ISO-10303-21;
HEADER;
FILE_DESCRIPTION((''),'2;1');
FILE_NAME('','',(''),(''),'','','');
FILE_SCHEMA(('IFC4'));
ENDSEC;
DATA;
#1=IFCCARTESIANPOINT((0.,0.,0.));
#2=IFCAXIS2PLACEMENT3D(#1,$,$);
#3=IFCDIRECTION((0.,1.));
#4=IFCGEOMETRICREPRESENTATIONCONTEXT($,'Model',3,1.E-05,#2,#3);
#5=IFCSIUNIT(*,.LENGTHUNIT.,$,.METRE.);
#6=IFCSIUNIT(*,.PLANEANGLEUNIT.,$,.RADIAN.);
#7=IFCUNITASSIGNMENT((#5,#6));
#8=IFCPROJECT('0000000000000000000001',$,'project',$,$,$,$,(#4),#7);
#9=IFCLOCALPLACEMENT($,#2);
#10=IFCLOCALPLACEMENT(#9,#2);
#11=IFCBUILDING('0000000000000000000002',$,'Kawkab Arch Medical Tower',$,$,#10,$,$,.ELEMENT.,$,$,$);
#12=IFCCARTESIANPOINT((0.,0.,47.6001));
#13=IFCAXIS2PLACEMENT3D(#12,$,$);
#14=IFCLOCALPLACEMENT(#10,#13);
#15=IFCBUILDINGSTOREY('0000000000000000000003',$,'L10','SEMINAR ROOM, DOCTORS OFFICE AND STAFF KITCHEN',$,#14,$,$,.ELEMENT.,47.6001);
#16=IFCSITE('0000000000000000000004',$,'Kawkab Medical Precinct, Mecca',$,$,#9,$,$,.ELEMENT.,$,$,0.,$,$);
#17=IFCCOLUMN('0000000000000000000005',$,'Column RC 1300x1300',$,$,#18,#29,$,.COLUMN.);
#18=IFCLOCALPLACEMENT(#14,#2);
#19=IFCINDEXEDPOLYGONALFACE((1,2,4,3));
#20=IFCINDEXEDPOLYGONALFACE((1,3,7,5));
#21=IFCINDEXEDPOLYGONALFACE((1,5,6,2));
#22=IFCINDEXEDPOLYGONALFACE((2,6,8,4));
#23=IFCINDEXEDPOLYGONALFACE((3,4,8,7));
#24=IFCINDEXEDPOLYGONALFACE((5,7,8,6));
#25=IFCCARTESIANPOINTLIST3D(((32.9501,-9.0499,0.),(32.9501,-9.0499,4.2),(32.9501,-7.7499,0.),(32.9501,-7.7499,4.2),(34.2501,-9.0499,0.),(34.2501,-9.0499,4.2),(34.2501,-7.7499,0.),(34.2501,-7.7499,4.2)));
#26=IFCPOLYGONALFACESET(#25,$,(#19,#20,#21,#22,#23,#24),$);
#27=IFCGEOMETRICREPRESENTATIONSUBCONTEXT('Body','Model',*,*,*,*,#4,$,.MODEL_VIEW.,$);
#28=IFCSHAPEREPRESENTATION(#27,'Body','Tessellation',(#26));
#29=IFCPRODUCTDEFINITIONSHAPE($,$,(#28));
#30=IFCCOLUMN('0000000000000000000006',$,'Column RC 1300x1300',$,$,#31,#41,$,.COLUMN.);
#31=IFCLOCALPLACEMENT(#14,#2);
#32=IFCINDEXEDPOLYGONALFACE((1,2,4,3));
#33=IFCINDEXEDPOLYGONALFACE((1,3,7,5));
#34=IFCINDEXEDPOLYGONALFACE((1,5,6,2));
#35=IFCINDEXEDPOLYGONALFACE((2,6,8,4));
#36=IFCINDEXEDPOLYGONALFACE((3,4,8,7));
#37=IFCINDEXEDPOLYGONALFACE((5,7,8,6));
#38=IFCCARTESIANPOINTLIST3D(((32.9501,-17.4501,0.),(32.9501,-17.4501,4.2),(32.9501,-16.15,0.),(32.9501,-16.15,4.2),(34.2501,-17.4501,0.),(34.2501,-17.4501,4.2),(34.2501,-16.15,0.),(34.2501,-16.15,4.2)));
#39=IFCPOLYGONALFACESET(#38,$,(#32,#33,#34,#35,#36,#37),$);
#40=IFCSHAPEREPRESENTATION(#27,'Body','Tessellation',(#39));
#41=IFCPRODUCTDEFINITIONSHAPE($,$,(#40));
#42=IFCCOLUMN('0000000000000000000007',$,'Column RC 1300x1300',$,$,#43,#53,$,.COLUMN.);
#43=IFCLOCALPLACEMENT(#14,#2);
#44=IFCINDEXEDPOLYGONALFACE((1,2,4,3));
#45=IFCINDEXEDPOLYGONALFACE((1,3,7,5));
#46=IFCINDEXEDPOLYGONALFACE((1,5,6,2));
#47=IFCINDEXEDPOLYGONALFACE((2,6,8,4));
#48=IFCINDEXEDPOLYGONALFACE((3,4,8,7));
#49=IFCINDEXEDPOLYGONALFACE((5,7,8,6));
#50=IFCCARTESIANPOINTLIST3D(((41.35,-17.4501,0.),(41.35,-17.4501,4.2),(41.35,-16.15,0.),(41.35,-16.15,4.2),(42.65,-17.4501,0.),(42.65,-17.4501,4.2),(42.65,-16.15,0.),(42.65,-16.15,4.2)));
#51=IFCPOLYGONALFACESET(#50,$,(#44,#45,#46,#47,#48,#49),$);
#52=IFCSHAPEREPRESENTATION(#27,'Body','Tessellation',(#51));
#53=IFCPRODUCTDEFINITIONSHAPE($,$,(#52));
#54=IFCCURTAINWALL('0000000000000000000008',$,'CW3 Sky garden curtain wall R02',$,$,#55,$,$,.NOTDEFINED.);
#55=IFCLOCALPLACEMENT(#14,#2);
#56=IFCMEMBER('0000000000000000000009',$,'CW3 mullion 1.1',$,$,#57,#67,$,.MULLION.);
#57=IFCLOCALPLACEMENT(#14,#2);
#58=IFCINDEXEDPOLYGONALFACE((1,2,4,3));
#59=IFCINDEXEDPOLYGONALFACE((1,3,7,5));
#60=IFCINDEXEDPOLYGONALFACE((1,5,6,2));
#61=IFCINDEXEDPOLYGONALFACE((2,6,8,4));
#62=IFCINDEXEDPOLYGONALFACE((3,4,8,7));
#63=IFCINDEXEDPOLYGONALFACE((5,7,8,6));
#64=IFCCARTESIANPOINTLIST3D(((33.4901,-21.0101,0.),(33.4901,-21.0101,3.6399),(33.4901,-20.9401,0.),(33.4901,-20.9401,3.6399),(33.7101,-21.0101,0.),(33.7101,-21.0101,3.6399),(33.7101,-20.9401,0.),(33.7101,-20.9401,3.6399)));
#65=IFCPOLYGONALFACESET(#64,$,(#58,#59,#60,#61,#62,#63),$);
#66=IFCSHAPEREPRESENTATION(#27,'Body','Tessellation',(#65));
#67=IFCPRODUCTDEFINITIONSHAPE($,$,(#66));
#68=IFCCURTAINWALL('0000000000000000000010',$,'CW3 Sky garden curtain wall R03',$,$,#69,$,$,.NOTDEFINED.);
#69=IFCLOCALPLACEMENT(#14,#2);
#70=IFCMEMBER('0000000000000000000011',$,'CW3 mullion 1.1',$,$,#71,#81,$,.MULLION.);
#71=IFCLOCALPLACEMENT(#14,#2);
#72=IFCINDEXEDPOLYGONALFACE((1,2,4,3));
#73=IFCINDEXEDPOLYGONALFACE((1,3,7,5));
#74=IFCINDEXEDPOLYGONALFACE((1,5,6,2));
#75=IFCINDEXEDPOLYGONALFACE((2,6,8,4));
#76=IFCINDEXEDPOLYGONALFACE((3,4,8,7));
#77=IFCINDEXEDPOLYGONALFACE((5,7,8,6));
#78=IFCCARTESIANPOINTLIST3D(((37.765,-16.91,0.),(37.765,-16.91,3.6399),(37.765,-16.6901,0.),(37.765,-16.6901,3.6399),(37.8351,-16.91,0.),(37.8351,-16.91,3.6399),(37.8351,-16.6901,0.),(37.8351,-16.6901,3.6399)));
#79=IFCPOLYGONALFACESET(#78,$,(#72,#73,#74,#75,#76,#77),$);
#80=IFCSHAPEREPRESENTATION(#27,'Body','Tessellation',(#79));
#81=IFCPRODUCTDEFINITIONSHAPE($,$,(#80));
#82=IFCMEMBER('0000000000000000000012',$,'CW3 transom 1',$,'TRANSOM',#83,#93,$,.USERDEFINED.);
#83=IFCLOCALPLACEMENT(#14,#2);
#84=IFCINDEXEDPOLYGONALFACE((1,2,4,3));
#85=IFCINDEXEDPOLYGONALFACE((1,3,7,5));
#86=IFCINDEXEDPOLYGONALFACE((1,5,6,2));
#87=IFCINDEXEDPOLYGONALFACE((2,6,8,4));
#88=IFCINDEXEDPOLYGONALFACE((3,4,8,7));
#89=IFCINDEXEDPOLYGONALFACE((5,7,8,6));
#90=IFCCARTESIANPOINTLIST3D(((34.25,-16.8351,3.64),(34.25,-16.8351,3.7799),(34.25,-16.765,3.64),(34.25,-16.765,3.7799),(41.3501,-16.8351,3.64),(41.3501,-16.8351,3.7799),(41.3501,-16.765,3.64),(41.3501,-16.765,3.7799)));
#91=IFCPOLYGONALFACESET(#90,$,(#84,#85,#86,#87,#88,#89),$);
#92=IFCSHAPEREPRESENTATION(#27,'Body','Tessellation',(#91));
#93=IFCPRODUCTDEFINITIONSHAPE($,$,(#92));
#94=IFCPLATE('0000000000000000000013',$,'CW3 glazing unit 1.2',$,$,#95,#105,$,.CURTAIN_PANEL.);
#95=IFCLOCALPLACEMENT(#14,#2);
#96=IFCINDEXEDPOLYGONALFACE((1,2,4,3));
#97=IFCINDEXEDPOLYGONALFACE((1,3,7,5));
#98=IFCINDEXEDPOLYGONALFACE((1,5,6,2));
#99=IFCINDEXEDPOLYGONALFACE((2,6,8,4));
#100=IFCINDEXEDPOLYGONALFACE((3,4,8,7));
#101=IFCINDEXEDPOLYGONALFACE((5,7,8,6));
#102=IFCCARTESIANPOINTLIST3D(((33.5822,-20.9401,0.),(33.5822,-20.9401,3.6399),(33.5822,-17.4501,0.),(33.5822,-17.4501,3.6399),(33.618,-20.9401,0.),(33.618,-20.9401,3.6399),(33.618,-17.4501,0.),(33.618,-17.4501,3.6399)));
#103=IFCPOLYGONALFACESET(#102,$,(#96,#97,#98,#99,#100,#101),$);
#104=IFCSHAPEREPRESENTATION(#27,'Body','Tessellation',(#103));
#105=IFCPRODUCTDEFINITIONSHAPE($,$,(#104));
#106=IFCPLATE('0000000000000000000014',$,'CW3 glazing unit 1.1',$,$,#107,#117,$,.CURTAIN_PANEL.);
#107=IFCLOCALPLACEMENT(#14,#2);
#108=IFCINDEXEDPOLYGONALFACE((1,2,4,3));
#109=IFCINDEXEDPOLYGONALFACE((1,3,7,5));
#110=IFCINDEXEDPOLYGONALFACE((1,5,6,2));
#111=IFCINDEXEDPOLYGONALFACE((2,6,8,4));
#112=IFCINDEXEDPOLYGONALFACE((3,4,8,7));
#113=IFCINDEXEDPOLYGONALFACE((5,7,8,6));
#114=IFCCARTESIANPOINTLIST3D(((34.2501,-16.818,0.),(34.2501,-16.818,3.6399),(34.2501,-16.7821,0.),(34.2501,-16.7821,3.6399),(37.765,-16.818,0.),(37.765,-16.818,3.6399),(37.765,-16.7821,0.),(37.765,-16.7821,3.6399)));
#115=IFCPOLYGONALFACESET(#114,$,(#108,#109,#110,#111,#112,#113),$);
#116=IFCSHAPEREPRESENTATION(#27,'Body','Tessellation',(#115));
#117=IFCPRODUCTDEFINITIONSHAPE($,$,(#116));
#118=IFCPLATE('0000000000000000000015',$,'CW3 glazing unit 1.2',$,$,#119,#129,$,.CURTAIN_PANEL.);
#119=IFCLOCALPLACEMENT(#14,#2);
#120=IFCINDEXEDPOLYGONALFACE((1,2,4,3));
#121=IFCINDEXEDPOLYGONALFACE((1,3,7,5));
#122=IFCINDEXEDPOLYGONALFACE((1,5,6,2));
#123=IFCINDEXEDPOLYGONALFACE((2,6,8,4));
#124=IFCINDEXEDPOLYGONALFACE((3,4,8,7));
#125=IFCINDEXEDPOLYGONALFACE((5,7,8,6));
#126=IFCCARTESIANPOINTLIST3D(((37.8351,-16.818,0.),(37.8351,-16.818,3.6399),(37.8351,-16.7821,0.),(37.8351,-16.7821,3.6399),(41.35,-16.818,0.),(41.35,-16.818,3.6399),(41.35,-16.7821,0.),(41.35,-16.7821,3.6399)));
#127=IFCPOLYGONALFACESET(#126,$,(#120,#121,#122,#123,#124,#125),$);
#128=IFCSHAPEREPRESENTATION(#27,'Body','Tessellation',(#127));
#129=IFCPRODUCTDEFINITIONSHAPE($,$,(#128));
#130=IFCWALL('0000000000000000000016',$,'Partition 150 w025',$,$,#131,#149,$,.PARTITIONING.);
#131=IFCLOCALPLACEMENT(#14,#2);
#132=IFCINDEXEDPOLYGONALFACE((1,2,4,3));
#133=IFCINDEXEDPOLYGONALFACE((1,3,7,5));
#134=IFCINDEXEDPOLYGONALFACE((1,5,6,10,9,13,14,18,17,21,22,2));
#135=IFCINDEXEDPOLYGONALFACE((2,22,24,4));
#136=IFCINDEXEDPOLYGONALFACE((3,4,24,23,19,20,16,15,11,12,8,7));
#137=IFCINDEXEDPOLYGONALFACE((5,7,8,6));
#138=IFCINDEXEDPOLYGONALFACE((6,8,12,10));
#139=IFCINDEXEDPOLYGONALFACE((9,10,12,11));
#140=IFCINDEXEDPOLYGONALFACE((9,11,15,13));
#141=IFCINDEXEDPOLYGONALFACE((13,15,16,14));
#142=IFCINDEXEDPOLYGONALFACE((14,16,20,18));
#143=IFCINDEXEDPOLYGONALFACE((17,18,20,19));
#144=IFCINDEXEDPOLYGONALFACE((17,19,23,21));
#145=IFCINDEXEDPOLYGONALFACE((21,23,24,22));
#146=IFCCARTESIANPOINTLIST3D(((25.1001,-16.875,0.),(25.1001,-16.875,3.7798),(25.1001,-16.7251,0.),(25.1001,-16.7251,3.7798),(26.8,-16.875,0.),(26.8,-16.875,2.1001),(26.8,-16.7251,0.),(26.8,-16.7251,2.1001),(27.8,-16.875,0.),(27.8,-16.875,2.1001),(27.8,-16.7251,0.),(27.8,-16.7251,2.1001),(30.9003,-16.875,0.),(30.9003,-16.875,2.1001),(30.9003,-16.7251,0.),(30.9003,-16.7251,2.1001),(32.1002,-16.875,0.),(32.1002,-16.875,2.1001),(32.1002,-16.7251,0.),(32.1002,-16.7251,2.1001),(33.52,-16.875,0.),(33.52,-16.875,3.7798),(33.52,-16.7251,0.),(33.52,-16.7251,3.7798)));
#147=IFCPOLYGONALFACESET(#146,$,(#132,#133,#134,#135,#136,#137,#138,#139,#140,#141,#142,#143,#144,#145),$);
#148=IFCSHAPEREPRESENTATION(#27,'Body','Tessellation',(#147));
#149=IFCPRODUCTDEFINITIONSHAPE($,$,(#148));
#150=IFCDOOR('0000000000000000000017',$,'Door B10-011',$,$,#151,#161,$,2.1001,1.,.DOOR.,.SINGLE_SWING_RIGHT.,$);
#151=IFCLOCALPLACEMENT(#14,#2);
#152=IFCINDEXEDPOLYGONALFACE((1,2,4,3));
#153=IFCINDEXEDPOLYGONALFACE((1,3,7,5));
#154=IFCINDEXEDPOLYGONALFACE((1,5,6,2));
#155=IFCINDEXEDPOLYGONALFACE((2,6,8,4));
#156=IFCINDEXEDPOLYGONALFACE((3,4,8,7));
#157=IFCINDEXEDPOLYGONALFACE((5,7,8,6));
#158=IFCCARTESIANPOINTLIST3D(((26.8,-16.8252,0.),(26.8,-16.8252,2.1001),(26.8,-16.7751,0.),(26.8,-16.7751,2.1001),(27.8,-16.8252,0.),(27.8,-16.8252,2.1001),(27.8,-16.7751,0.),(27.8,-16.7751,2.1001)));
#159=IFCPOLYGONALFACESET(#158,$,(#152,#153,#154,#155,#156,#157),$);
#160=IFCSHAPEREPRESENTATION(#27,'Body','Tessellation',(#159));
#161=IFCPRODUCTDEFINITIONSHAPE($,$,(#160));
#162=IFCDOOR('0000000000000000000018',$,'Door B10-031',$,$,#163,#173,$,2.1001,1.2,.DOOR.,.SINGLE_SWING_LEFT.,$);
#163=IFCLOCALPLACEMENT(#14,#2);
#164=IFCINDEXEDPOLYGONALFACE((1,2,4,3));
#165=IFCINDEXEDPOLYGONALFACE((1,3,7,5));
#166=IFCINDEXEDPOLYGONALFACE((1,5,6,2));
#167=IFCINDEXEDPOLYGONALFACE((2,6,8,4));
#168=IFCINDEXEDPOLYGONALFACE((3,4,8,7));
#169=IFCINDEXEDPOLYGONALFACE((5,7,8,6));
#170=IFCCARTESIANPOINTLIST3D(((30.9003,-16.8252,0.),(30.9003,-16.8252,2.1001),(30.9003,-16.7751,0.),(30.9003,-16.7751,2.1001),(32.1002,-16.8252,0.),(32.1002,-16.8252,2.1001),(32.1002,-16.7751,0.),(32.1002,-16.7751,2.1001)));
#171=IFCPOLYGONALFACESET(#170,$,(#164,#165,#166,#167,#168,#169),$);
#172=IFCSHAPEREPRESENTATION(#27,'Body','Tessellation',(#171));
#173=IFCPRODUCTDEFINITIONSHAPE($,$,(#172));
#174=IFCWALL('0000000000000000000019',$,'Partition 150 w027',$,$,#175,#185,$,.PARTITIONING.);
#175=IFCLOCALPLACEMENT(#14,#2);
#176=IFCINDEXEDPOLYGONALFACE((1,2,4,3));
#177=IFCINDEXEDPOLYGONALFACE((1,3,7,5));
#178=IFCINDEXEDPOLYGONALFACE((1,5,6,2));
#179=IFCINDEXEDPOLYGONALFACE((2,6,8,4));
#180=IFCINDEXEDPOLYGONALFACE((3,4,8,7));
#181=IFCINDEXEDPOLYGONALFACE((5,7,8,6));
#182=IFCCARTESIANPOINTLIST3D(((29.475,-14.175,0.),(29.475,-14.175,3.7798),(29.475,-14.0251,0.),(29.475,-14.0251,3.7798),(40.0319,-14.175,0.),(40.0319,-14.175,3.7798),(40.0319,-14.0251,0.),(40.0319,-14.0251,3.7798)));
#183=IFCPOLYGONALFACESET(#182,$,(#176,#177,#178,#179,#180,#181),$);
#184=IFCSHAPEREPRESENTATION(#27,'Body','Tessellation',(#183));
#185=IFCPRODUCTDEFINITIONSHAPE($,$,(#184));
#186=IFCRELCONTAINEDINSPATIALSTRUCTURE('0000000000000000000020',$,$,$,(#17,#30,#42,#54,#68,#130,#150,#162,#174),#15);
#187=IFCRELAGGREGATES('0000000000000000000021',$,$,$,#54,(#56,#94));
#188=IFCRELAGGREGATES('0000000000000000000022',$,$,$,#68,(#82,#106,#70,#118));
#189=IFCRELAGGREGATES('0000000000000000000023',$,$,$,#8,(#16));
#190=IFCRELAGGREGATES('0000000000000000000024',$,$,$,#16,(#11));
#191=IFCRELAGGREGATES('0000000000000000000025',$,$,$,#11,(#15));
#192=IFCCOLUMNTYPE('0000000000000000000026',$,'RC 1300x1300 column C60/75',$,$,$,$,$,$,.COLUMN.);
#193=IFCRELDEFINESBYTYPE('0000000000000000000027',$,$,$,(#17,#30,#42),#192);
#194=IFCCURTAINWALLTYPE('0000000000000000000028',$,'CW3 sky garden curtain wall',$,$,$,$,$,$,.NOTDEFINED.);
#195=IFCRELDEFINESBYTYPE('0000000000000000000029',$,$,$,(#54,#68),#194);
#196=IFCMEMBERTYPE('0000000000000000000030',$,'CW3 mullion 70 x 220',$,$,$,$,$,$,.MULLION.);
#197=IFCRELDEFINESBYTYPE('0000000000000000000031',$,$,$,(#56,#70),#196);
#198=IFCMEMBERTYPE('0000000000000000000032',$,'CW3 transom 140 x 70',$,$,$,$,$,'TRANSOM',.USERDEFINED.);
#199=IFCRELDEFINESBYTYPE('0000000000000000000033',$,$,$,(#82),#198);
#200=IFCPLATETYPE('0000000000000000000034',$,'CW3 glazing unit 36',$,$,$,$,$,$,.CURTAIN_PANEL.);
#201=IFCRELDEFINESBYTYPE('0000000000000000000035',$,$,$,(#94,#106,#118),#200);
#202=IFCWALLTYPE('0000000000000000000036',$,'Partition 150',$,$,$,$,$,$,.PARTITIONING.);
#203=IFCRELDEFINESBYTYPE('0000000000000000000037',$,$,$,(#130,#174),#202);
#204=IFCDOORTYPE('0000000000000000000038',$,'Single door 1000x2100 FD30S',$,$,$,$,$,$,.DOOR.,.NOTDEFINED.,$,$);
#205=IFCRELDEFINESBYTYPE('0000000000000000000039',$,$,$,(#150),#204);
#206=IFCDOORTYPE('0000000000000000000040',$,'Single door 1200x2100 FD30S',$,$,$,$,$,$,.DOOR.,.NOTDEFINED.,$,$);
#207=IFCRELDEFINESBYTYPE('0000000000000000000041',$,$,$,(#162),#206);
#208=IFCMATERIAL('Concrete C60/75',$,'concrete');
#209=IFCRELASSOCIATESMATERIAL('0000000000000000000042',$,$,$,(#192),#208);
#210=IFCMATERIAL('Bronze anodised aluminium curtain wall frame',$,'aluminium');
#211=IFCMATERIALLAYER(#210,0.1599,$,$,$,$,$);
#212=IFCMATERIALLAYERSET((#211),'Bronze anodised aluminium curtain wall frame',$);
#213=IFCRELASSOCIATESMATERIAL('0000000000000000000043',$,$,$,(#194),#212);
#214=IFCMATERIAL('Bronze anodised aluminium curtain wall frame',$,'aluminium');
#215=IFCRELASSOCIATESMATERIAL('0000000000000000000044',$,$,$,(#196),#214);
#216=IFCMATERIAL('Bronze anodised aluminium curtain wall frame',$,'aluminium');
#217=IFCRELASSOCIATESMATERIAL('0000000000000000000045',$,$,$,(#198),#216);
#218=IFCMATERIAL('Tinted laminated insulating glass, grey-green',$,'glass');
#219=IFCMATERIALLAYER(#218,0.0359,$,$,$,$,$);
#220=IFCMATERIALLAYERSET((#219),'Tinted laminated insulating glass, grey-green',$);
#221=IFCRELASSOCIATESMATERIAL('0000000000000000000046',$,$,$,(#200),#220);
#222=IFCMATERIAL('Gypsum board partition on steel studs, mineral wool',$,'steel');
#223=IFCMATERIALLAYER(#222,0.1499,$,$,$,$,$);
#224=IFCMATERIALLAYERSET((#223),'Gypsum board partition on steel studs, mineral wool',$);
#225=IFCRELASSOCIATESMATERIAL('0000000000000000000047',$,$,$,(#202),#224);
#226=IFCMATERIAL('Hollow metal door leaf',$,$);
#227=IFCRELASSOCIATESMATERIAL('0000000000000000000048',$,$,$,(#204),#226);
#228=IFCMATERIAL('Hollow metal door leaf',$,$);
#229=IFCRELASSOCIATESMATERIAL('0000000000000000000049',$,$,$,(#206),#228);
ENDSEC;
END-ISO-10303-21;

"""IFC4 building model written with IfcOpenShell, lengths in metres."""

from ifc_helpers import new_model, si_unit, direction, frame, frame_2d, origin, origin_2d, place, context, subcontext, project, spatial, rectangle, extrude, material, layer, layer_set, material_profile, profile_set, type_object, element, fill, aggregate, save


model = new_model("IFC4")

# Units and contexts
model_context = context("Model", 3, precision=1e-05, world=origin(), true_north=direction((0.0, 1.0)))
body_context = subcontext(model_context, "Body", "Model", "MODEL_VIEW")
ifc_project = project(units=[si_unit("LENGTHUNIT", "METRE"), si_unit("PLANEANGLEUNIT", "RADIAN")], contexts=[model_context])

# Site, building, storey
site_placement = place(None, origin())
site = spatial("IfcSite", under=ifc_project, at=site_placement, Name="Kawkab Medical Precinct, Mecca", CompositionType="ELEMENT", RefElevation=0.0)
building_placement = place(site_placement, origin())
building = spatial("IfcBuilding", under=site, at=building_placement, Name="Kawkab Arch Medical Tower", CompositionType="ELEMENT")
storey_placement = place(building_placement, frame((0.0, 0.0, 47.6001)))
storey = spatial("IfcBuildingStorey", under=building, at=storey_placement, Name="L10", Description="SEMINAR ROOM, DOCTORS OFFICE AND STAFF KITCHEN", CompositionType="ELEMENT", Elevation=47.6001)

# Columns
ifc_material_1 = material(Name="Concrete C60/75", Category="concrete")
ifc_material_profile_1 = material_profile(ifc_material_1, rectangle(XDim=1.3, YDim=1.3, at=origin_2d()), Name="RC 1300x1300")
ifc_profile_set_1 = profile_set([ifc_material_profile_1], Name="Concrete C60/75")
column_type = type_object("IfcColumnType", Name="RC 1300x1300 column C60/75", PredefinedType="COLUMN", material=ifc_profile_set_1)
for number, where, z_axis, x_axis, name in (
    (1, (33.6001, -8.3999, 0.0), (0.0, 0.0, 1.0), (1.0, 0.0, 0.0), "Column RC 1300x1300"),
    (2, (33.6001, -16.8, 0.0), (0.0, 0.0, 1.0), (1.0, 0.0, 0.0), "Column RC 1300x1300"),
    (3, (42.0, -16.8, 0.0), (0.0, 0.0, 1.0), (1.0, 0.0, 0.0), "Column RC 1300x1300"),
):
    element("IfcColumn", number, at=place(storey_placement, frame(where, z_axis=z_axis, x_axis=x_axis)), inside=storey, type_object=column_type, Name=name, PredefinedType="COLUMN", context=body_context, shape_type="SweptSolid", body=[
        extrude(rectangle(XDim=1.3, YDim=1.3, at=origin_2d()), origin(), (0.0, 0.0, 1.0), 4.2),
    ])

# Curtain wall, member
ifc_material_2 = material(Name="Bronze anodised aluminium curtain wall frame", Category="aluminium")
ifc_layer_1 = layer(ifc_material_2, 0.1599)
ifc_layer_set_1 = layer_set([ifc_layer_1], Name="Bronze anodised aluminium curtain wall frame")
curtain_wall_type = type_object("IfcCurtainWallType", Name="CW3 sky garden curtain wall", PredefinedType="NOTDEFINED", material=ifc_layer_set_1)
placement = place(storey_placement, origin())
curtain_wall_1 = element("IfcCurtainWall", 4, at=placement, inside=storey, type_object=curtain_wall_type, Name="CW3 Sky garden curtain wall R02", PredefinedType="NOTDEFINED")
ifc_material_3 = material(Name="Bronze anodised aluminium curtain wall frame", Category="aluminium")
ifc_material_profile_2 = material_profile(ifc_material_3, rectangle(XDim=0.22, YDim=0.0701, at=origin_2d()), Name="AL 70x220")
ifc_profile_set_2 = profile_set([ifc_material_profile_2], Name="Bronze anodised aluminium curtain wall frame")
member_type_1 = type_object("IfcMemberType", Name="CW3 mullion 70 x 220", PredefinedType="MULLION", material=ifc_profile_set_2)
member_1_placement = place(storey_placement, frame((33.6001, -20.9751, 0.0), z_axis=(0.0, 0.0, 1.0), x_axis=(-1.0, 0.0, 0.0)))
member_1 = element("IfcMember", 5, at=member_1_placement, type_object=member_type_1, Name="CW3 mullion 1.1", PredefinedType="MULLION", context=body_context, shape_type="SweptSolid", body=[
    extrude(rectangle(XDim=0.22, YDim=0.0701, at=origin_2d()), origin(), (0.0, 0.0, 1.0), 3.6399),
])

# Curtain wall, members
curtain_wall_2 = element("IfcCurtainWall", 6, at=placement, inside=storey, type_object=curtain_wall_type, Name="CW3 Sky garden curtain wall R03", PredefinedType="NOTDEFINED")
member_2_placement = place(storey_placement, frame((37.8, -16.8, 0.0), z_axis=(0.0, 0.0, 1.0), x_axis=(0.0, 1.0, 0.0)))
member_2 = element("IfcMember", 7, at=member_2_placement, type_object=member_type_1, Name="CW3 mullion 1.1", PredefinedType="MULLION", context=body_context, shape_type="SweptSolid", body=[
    extrude(rectangle(XDim=0.22, YDim=0.0701, at=origin_2d()), origin(), (0.0, 0.0, 1.0), 3.6399),
])
ifc_material_4 = material(Name="Bronze anodised aluminium curtain wall frame", Category="aluminium")
ifc_material_profile_3 = material_profile(ifc_material_4, rectangle(XDim=0.0701, YDim=0.1399, at=origin_2d()), Name="AL 70x140")
ifc_profile_set_3 = profile_set([ifc_material_profile_3], Name="Bronze anodised aluminium curtain wall frame")
member_type_2 = type_object("IfcMemberType", Name="CW3 transom 140 x 70", ElementType="TRANSOM", PredefinedType="USERDEFINED", material=ifc_profile_set_3)
member_3_placement = place(storey_placement, frame((34.25, -16.8, 3.71), z_axis=(1.0, 0.0, 0.0), x_axis=(0.0, 1.0, 0.0)))
member_3 = element("IfcMember", 8, at=member_3_placement, type_object=member_type_2, Name="CW3 transom 1", ObjectType="TRANSOM", PredefinedType="USERDEFINED", context=body_context, shape_type="SweptSolid", body=[
    extrude(rectangle(XDim=0.0701, YDim=0.1399, at=origin_2d()), origin(), (0.0, 0.0, 1.0), 7.1001),
])

# Plates
ifc_material_5 = material(Name="Tinted laminated insulating glass, grey-green", Category="glass")
ifc_layer_2 = layer(ifc_material_5, 0.0359)
ifc_layer_set_2 = layer_set([ifc_layer_2], Name="Tinted laminated insulating glass, grey-green")
plate_type = type_object("IfcPlateType", Name="CW3 glazing unit 36", PredefinedType="CURTAIN_PANEL", material=ifc_layer_set_2)
plate_1_placement = place(storey_placement, frame((33.6001, -19.1951, 0.0), z_axis=(0.0, 0.0, 1.0), x_axis=(0.0, 1.0, 0.0)))
plate_1 = element("IfcPlate", 9, at=plate_1_placement, type_object=plate_type, Name="CW3 glazing unit 1.2", PredefinedType="CURTAIN_PANEL", context=body_context, shape_type="SweptSolid", body=[
    extrude(rectangle(XDim=3.49, YDim=0.0359, at=origin_2d()), origin(), (0.0, 0.0, 1.0), 3.6399),
])
aggregate(curtain_wall_1, [member_1, plate_1])
plate_2_placement = place(storey_placement, frame((36.0076, -16.8, 0.0), z_axis=(0.0, 0.0, 1.0), x_axis=(1.0, 0.0, 0.0)))
plate_2 = element("IfcPlate", 10, at=plate_2_placement, type_object=plate_type, Name="CW3 glazing unit 1.1", PredefinedType="CURTAIN_PANEL", context=body_context, shape_type="SweptSolid", body=[
    extrude(rectangle(XDim=3.5149, YDim=0.0359, at=origin_2d()), origin(), (0.0, 0.0, 1.0), 3.6399),
])
plate_3_placement = place(storey_placement, frame((39.5925, -16.8, 0.0), z_axis=(0.0, 0.0, 1.0), x_axis=(1.0, 0.0, 0.0)))
plate_3 = element("IfcPlate", 11, at=plate_3_placement, type_object=plate_type, Name="CW3 glazing unit 1.2", PredefinedType="CURTAIN_PANEL", context=body_context, shape_type="SweptSolid", body=[
    extrude(rectangle(XDim=3.5149, YDim=0.0359, at=origin_2d()), origin(), (0.0, 0.0, 1.0), 3.6399),
])
aggregate(curtain_wall_2, [member_3, plate_2, member_2, plate_3])

# Wall, openings, doors
ifc_material_6 = material(Name="Gypsum board partition on steel studs, mineral wool", Category="steel")
ifc_layer_3 = layer(ifc_material_6, 0.1499)
ifc_layer_set_3 = layer_set([ifc_layer_3], Name="Gypsum board partition on steel studs, mineral wool")
wall_type = type_object("IfcWallType", Name="Partition 150", PredefinedType="PARTITIONING", material=ifc_layer_set_3)
wall_1_placement = place(storey_placement, frame((25.1001, -16.8, 0.0), z_axis=(0.0, 0.0, 1.0), x_axis=(1.0, 0.0, 0.0)))
wall_1 = element("IfcWall", 12, at=wall_1_placement, inside=storey, type_object=wall_type, Name="Partition 150 w025", PredefinedType="PARTITIONING", context=body_context, shape_type="SweptSolid", body=[
    extrude(rectangle(XDim=8.4199, YDim=0.1499, at=frame_2d((4.21, 0.0))), origin(), (0.0, 0.0, 1.0), 3.7798),
])
opening_1_placement = place(wall_1_placement, frame((1.7, 0.0, 0.0)))
opening_1 = element("IfcOpeningElement", 13, at=opening_1_placement, cuts=wall_1, PredefinedType="OPENING", context=body_context, shape_type="SweptSolid", body=[
    extrude(rectangle(XDim=1.0, YDim=2.1001, at=frame_2d((0.5, 1.05))), frame((0.0, 0.085, 0.0), z_axis=(0.0, -1.0, 0.0), x_axis=(1.0, 0.0, 0.0)), (0.0, 0.0, 1.0), 0.1699),
])
opening_2_placement = place(wall_1_placement, frame((5.8, 0.0, 0.0)))
opening_2 = element("IfcOpeningElement", 14, at=opening_2_placement, cuts=wall_1, PredefinedType="OPENING", context=body_context, shape_type="SweptSolid", body=[
    extrude(rectangle(XDim=1.2, YDim=2.1001, at=frame_2d((0.6001, 1.05))), frame((0.0, 0.085, 0.0), z_axis=(0.0, -1.0, 0.0), x_axis=(1.0, 0.0, 0.0)), (0.0, 0.0, 1.0), 0.1699),
])
ifc_material_7 = material(Name="Hollow metal door leaf")
door_type_1 = type_object("IfcDoorType", Name="Single door 1000x2100 FD30S", OperationType="NOTDEFINED", PredefinedType="DOOR", material=ifc_material_7)
door_1_placement = place(opening_1_placement, origin())
door_1 = element("IfcDoor", 15, at=door_1_placement, inside=storey, type_object=door_type_1, Name="Door B10-011", OperationType="SINGLE_SWING_RIGHT", OverallHeight=2.1001, OverallWidth=1.0, PredefinedType="DOOR", context=body_context, shape_type="SweptSolid", body=[
    extrude(rectangle(XDim=1.0, YDim=2.1001, at=frame_2d((0.5, 1.05))), frame((0.0, 0.0249, 0.0), z_axis=(0.0, -1.0, 0.0), x_axis=(1.0, 0.0, 0.0)), (0.0, 0.0, 1.0), 0.05),
])
fill(opening_1, door_1)
ifc_material_8 = material(Name="Hollow metal door leaf")
door_type_2 = type_object("IfcDoorType", Name="Single door 1200x2100 FD30S", OperationType="NOTDEFINED", PredefinedType="DOOR", material=ifc_material_8)
door_2_placement = place(opening_2_placement, origin())
door_2 = element("IfcDoor", 16, at=door_2_placement, inside=storey, type_object=door_type_2, Name="Door B10-031", OperationType="SINGLE_SWING_LEFT", OverallHeight=2.1001, OverallWidth=1.2, PredefinedType="DOOR", context=body_context, shape_type="SweptSolid", body=[
    extrude(rectangle(XDim=1.2, YDim=2.1001, at=frame_2d((0.6001, 1.05))), frame((0.0, 0.0249, 0.0), z_axis=(0.0, -1.0, 0.0), x_axis=(1.0, 0.0, 0.0)), (0.0, 0.0, 1.0), 0.05),
])
fill(opening_2, door_2)

# Wall
wall_2_placement = place(storey_placement, frame((29.4751, -14.1001, 0.0), z_axis=(0.0, 0.0, 1.0), x_axis=(1.0, 0.0, 0.0)))
element("IfcWall", 17, at=wall_2_placement, inside=storey, type_object=wall_type, Name="Partition 150 w027", PredefinedType="PARTITIONING", context=body_context, shape_type="SweptSolid", body=[
    extrude(rectangle(XDim=10.5569, YDim=0.1499, at=frame_2d((5.2783, 0.0))), origin(), (0.0, 0.0, 1.0), 3.7798),
])

save(model, "model.ifc")
